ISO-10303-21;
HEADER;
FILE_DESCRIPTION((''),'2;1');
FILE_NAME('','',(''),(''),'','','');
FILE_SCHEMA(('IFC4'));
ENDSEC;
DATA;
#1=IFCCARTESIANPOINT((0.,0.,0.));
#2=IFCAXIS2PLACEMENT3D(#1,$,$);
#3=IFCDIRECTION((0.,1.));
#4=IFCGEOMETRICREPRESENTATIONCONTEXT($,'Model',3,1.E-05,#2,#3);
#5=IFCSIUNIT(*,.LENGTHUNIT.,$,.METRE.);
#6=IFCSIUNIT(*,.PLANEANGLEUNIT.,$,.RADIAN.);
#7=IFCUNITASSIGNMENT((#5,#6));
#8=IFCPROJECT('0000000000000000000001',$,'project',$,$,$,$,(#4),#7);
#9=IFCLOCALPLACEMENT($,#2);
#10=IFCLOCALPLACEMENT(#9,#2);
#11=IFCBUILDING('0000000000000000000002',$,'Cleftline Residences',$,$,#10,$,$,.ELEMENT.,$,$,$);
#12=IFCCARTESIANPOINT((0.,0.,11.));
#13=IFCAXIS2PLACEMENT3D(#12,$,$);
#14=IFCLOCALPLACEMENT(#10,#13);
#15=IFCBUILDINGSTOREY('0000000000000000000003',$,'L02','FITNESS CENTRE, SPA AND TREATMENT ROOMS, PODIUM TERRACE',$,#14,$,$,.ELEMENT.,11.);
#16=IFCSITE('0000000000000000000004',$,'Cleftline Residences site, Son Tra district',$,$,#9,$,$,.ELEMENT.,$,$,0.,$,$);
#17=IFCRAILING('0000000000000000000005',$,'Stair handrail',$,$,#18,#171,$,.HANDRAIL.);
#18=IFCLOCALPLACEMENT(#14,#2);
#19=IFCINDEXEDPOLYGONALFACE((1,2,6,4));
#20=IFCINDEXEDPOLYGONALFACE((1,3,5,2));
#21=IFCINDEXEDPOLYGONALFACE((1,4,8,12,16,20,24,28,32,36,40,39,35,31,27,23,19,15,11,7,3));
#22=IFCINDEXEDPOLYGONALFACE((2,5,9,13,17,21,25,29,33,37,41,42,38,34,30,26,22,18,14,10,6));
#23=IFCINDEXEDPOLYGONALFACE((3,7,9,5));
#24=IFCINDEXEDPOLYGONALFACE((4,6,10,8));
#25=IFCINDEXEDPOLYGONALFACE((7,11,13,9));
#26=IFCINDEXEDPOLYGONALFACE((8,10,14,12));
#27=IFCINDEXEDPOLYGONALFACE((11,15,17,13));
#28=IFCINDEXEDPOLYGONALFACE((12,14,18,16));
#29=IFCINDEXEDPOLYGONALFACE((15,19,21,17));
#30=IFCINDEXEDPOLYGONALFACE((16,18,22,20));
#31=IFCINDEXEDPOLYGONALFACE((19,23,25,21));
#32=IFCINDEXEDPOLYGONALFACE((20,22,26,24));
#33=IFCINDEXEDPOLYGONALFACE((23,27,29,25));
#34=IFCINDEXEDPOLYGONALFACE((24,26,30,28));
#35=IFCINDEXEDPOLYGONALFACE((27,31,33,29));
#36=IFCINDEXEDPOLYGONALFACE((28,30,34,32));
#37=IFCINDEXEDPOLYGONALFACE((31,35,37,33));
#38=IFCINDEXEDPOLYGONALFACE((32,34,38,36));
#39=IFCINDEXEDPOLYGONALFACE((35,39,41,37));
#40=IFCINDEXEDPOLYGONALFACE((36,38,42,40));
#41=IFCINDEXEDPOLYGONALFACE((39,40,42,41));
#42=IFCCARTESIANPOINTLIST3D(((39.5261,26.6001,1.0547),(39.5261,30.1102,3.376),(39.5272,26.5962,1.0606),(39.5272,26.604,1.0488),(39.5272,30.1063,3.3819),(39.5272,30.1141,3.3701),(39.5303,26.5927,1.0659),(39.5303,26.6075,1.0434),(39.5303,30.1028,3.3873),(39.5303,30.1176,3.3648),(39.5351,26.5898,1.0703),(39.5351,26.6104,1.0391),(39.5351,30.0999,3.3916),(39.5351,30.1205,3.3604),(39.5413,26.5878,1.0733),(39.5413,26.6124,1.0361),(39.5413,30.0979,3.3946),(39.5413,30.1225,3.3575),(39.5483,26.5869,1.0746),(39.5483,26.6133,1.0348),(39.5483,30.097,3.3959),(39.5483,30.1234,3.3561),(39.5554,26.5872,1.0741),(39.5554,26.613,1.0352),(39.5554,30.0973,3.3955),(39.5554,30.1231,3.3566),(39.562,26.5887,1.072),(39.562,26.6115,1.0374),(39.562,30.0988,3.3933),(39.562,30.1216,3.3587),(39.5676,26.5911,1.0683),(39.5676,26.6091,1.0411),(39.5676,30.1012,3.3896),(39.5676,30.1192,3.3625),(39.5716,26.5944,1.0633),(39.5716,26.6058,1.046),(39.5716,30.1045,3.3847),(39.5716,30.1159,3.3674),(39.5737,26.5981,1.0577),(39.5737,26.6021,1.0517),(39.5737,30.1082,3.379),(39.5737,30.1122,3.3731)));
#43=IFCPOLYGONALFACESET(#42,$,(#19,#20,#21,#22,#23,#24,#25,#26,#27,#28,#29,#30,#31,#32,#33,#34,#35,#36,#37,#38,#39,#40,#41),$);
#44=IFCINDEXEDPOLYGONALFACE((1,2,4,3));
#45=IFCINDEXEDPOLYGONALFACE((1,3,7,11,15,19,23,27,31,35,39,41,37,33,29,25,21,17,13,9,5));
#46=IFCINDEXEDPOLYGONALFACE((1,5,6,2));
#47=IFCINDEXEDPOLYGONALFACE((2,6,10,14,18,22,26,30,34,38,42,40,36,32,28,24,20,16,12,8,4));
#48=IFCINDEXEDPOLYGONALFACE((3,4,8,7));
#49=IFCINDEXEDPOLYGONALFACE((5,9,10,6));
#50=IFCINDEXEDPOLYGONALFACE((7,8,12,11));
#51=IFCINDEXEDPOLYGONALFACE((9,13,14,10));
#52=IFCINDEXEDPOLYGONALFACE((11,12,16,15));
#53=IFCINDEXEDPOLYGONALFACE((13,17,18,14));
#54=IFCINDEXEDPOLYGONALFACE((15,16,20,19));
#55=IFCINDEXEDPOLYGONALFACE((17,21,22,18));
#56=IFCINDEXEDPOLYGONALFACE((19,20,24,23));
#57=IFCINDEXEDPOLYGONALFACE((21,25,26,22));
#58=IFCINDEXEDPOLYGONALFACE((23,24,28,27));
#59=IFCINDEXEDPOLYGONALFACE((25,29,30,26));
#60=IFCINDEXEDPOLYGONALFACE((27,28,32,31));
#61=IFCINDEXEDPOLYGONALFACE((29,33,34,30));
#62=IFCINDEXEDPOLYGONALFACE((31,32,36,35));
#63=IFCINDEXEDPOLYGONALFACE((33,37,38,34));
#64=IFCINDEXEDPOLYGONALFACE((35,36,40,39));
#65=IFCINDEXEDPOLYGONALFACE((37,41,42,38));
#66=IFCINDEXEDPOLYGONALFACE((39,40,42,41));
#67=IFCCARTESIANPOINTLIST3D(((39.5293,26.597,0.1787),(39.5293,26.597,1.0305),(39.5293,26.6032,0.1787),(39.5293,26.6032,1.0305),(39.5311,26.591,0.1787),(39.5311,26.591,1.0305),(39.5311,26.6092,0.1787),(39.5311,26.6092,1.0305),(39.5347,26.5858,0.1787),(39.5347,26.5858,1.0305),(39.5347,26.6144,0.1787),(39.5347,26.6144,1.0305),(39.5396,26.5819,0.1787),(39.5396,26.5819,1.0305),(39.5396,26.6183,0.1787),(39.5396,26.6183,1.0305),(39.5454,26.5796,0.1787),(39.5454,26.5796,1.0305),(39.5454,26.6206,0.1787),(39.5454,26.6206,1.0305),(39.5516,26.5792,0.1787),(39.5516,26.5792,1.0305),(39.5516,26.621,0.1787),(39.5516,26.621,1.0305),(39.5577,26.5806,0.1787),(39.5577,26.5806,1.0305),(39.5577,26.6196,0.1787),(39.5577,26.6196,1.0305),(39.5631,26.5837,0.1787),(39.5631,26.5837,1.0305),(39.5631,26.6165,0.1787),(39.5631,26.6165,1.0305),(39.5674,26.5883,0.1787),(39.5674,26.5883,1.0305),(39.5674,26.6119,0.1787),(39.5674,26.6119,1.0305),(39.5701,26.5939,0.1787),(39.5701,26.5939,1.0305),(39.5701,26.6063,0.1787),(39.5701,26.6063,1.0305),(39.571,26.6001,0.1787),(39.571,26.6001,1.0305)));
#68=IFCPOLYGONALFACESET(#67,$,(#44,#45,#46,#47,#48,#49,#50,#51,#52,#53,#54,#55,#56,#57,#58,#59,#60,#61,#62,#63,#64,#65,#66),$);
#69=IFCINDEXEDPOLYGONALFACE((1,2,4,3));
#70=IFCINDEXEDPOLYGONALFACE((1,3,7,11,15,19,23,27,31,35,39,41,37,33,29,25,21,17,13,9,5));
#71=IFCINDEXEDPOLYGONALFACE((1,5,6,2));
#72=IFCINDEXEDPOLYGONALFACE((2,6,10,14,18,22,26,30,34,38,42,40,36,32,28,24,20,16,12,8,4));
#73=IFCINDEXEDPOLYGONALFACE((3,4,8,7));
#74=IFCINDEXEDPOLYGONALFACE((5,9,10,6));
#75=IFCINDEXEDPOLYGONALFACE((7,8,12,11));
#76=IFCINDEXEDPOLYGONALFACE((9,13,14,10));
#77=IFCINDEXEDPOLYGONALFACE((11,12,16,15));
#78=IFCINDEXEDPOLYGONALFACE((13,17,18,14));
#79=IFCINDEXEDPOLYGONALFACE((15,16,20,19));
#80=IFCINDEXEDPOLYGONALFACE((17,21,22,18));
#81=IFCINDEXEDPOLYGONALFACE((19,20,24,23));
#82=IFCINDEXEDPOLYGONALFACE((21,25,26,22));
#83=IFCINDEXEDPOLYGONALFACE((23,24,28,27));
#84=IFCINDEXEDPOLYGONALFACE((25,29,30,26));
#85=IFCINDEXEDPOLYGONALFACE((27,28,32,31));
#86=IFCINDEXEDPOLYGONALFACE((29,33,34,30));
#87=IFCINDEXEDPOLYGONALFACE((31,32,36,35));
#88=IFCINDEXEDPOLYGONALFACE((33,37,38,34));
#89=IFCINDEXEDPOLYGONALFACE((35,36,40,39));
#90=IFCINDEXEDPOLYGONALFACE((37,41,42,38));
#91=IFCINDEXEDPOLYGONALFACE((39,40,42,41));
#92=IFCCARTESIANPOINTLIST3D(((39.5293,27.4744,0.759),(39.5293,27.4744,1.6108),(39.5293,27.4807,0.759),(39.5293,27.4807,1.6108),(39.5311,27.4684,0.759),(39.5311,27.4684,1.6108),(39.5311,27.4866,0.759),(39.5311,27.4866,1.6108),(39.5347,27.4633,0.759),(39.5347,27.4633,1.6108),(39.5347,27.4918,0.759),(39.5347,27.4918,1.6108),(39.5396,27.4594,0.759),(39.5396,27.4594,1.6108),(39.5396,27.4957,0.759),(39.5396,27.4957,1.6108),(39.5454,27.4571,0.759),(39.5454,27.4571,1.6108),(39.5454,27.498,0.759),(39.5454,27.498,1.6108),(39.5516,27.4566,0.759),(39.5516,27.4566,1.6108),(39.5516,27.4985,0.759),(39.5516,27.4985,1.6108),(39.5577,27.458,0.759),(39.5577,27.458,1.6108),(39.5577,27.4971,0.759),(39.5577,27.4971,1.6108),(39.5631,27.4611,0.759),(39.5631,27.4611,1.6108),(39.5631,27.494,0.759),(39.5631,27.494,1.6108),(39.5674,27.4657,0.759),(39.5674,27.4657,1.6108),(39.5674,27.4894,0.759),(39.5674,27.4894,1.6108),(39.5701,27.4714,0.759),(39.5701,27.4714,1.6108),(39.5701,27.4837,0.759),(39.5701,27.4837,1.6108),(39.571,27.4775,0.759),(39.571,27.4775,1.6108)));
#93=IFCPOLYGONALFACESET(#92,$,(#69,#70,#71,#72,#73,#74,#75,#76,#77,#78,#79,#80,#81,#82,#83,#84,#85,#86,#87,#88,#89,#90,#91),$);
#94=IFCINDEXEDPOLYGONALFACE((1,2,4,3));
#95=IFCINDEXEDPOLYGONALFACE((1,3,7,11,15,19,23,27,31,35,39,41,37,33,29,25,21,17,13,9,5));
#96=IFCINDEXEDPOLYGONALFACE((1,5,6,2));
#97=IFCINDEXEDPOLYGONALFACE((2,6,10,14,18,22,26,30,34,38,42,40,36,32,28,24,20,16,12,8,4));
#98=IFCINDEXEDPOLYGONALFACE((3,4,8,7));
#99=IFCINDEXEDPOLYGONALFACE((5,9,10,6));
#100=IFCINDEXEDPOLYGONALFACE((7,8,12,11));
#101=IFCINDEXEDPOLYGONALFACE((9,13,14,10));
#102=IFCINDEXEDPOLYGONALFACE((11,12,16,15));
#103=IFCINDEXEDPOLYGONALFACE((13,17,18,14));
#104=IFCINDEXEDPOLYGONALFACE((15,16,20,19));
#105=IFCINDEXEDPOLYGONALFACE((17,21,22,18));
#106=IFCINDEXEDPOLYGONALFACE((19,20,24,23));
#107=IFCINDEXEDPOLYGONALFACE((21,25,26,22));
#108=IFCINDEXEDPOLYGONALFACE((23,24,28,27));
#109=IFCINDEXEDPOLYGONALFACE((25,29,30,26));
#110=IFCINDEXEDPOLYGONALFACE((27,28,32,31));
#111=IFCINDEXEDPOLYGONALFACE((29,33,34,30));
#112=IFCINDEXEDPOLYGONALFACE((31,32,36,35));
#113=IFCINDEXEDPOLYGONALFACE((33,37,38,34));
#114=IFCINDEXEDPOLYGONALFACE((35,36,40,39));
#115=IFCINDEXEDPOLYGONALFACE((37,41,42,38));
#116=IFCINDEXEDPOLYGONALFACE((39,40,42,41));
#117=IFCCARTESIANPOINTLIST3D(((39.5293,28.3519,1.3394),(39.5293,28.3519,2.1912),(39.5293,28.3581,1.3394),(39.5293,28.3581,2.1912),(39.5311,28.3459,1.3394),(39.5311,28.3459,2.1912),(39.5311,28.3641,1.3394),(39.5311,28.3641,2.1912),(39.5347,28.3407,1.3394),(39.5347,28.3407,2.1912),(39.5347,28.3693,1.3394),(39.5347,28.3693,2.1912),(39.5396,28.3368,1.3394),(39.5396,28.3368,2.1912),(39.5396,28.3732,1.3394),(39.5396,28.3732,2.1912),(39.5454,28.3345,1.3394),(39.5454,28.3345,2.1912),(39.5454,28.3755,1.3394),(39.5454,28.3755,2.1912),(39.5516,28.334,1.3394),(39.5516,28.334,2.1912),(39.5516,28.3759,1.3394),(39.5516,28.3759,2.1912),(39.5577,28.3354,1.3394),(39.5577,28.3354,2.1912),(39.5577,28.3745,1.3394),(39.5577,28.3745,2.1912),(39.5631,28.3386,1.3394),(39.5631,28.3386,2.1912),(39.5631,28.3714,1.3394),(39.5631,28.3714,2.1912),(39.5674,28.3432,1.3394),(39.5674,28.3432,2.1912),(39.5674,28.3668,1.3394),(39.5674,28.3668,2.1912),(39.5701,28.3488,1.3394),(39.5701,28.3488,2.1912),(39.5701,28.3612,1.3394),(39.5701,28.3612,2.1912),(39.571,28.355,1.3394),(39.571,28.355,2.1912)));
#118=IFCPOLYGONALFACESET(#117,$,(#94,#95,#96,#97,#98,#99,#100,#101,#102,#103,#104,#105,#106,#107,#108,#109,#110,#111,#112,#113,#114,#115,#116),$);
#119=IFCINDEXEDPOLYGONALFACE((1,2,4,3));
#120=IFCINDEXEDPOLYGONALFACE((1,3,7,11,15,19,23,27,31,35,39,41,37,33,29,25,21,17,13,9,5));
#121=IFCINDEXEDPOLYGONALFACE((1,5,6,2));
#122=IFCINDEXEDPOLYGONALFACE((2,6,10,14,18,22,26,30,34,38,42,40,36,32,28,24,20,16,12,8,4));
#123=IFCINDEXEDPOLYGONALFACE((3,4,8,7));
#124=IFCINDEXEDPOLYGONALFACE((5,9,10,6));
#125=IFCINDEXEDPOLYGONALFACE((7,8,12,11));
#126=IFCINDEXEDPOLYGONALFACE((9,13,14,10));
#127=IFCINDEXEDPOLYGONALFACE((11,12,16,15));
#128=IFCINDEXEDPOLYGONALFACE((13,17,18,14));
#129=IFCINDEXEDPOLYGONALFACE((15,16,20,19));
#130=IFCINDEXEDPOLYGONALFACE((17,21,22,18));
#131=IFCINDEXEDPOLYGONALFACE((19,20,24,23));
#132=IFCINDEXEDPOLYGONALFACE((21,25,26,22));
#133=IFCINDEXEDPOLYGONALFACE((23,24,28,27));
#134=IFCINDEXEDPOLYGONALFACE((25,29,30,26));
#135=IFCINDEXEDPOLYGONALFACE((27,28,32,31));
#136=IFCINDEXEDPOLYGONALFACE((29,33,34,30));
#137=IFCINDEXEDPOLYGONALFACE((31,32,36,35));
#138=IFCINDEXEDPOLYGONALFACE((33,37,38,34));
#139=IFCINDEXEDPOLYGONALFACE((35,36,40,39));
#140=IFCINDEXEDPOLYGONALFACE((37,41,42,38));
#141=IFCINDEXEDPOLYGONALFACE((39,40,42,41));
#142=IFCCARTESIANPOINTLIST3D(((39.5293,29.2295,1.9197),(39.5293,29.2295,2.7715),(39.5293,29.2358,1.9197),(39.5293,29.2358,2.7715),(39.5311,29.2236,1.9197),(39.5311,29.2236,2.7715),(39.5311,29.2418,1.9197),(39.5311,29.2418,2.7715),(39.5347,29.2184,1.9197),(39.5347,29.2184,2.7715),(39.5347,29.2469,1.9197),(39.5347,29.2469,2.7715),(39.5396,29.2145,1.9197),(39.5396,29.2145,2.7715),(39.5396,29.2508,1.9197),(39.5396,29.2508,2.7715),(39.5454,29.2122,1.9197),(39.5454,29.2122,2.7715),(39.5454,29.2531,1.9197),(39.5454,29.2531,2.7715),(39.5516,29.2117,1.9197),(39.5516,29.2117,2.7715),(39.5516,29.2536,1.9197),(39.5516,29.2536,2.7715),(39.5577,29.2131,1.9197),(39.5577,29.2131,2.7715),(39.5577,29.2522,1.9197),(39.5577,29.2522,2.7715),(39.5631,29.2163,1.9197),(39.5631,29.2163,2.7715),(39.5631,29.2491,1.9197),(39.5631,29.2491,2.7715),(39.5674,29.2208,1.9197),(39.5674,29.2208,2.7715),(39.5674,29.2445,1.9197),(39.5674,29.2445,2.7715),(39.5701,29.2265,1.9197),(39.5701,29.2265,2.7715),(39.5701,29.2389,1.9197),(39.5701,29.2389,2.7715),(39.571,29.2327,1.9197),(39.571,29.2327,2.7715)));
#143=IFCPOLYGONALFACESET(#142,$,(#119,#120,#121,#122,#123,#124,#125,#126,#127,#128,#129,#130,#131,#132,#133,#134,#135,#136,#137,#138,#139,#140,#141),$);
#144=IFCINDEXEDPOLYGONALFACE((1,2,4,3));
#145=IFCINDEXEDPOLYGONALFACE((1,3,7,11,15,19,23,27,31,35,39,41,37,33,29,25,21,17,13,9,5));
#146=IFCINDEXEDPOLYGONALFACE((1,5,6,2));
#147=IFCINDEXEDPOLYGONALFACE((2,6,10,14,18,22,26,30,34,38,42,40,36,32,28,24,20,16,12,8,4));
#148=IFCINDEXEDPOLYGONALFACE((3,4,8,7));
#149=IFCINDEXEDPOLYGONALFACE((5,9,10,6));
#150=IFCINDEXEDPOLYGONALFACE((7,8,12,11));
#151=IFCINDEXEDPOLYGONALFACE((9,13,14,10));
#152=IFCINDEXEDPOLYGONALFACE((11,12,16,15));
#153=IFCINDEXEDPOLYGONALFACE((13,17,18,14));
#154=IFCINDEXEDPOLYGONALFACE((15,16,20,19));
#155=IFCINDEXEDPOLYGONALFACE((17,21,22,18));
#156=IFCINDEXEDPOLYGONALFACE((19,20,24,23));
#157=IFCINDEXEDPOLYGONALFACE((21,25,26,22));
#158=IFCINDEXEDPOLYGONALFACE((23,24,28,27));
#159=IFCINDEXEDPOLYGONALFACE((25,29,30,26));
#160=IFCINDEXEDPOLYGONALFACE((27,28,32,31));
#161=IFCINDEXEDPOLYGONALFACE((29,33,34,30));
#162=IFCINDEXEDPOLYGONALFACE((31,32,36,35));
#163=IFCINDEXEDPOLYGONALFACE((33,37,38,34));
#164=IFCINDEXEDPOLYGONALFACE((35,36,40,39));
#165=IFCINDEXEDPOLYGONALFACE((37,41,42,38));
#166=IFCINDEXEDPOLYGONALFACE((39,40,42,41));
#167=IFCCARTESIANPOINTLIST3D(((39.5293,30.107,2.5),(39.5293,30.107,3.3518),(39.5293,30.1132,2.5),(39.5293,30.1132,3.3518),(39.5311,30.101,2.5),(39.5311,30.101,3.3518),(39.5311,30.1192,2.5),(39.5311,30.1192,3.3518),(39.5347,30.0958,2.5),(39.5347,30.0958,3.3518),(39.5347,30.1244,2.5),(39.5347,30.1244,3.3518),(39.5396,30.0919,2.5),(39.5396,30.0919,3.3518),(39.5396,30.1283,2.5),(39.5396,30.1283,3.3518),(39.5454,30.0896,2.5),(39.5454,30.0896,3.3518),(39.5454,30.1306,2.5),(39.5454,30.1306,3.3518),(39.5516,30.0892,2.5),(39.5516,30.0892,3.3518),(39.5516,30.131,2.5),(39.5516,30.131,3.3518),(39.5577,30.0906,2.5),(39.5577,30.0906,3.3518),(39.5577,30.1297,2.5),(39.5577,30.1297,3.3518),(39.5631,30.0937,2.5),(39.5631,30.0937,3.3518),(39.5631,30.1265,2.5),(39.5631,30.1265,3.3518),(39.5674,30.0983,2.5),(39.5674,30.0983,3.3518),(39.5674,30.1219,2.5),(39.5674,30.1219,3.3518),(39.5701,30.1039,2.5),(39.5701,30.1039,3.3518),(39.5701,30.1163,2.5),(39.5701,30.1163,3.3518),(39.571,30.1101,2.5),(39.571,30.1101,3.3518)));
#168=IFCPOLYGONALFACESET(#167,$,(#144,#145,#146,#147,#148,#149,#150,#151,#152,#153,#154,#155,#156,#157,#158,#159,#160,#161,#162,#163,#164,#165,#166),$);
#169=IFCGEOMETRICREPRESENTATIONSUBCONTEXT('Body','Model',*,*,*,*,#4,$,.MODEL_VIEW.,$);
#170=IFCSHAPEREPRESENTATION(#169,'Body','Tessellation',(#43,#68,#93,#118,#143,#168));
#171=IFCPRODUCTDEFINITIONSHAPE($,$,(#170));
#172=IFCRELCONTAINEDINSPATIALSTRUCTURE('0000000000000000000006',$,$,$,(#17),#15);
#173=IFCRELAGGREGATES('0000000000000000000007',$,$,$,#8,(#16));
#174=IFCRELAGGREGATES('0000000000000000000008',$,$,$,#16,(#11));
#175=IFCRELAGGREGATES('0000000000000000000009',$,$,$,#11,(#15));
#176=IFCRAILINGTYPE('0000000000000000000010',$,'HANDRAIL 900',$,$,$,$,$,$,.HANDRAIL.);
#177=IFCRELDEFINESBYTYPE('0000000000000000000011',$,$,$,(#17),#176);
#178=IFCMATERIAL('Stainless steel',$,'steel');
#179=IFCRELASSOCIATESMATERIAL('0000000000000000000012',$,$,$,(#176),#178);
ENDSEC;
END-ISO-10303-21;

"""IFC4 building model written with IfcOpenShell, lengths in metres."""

from ifc_helpers import new_model, si_unit, direction, frame, origin, origin_2d, place, context, subcontext, project, spatial, circle, extrude, material, type_object, element, save


model = new_model("IFC4")

# Units and contexts
model_context = context("Model", 3, precision=1e-05, world=origin(), true_north=direction((0.0, 1.0)))
body_context = subcontext(model_context, "Body", "Model", "MODEL_VIEW")
ifc_project = project(units=[si_unit("LENGTHUNIT", "METRE"), si_unit("PLANEANGLEUNIT", "RADIAN")], contexts=[model_context])

# Site, building, storey
site_placement = place(None, origin())
site = spatial("IfcSite", under=ifc_project, at=site_placement, Name="Cleftline Residences site, Son Tra district", CompositionType="ELEMENT", RefElevation=0.0)
building_placement = place(site_placement, origin())
building = spatial("IfcBuilding", under=site, at=building_placement, Name="Cleftline Residences", CompositionType="ELEMENT")
storey_placement = place(building_placement, frame((0.0, 0.0, 11.0)))
storey = spatial("IfcBuildingStorey", under=building, at=storey_placement, Name="L02", Description="FITNESS CENTRE, SPA AND TREATMENT ROOMS, PODIUM TERRACE", CompositionType="ELEMENT", Elevation=11.0)

# Railing
ifc_material_1 = material(Name="Stainless steel", Category="steel")
railing_type = type_object("IfcRailingType", Name="HANDRAIL 900", PredefinedType="HANDRAIL", material=ifc_material_1)
railing_placement = place(storey_placement, frame((39.55, 26.6001, 0.1787)))
element("IfcRailing", 1, at=railing_placement, inside=storey, type_object=railing_type, Name="Stair handrail", PredefinedType="HANDRAIL", context=body_context, shape_type="SweptSolid", body=[
    extrude(circle(Radius=0.0239, at=origin_2d()), frame((0.0, 0.0, 0.876), z_axis=(0.0, 0.834097, 0.551617), x_axis=(-1.0, 0.0, 0.0)), (0.0, 0.0, 1.0), 4.2083),
    extrude(circle(Radius=0.021, at=origin_2d()), origin(), (0.0, 0.0, 1.0), 0.8518),
    extrude(circle(Radius=0.021, at=origin_2d()), frame((0.0, 0.8774, 0.5803)), (0.0, 0.0, 1.0), 0.8518),
    extrude(circle(Radius=0.021, at=origin_2d()), frame((0.0, 1.7549, 1.1606)), (0.0, 0.0, 1.0), 0.8518),
    extrude(circle(Radius=0.021, at=origin_2d()), frame((0.0, 2.6326, 1.741)), (0.0, 0.0, 1.0), 0.8518),
    extrude(circle(Radius=0.021, at=origin_2d()), frame((0.0, 3.51, 2.3213)), (0.0, 0.0, 1.0), 0.8518),
])

save(model, "model.ifc")
